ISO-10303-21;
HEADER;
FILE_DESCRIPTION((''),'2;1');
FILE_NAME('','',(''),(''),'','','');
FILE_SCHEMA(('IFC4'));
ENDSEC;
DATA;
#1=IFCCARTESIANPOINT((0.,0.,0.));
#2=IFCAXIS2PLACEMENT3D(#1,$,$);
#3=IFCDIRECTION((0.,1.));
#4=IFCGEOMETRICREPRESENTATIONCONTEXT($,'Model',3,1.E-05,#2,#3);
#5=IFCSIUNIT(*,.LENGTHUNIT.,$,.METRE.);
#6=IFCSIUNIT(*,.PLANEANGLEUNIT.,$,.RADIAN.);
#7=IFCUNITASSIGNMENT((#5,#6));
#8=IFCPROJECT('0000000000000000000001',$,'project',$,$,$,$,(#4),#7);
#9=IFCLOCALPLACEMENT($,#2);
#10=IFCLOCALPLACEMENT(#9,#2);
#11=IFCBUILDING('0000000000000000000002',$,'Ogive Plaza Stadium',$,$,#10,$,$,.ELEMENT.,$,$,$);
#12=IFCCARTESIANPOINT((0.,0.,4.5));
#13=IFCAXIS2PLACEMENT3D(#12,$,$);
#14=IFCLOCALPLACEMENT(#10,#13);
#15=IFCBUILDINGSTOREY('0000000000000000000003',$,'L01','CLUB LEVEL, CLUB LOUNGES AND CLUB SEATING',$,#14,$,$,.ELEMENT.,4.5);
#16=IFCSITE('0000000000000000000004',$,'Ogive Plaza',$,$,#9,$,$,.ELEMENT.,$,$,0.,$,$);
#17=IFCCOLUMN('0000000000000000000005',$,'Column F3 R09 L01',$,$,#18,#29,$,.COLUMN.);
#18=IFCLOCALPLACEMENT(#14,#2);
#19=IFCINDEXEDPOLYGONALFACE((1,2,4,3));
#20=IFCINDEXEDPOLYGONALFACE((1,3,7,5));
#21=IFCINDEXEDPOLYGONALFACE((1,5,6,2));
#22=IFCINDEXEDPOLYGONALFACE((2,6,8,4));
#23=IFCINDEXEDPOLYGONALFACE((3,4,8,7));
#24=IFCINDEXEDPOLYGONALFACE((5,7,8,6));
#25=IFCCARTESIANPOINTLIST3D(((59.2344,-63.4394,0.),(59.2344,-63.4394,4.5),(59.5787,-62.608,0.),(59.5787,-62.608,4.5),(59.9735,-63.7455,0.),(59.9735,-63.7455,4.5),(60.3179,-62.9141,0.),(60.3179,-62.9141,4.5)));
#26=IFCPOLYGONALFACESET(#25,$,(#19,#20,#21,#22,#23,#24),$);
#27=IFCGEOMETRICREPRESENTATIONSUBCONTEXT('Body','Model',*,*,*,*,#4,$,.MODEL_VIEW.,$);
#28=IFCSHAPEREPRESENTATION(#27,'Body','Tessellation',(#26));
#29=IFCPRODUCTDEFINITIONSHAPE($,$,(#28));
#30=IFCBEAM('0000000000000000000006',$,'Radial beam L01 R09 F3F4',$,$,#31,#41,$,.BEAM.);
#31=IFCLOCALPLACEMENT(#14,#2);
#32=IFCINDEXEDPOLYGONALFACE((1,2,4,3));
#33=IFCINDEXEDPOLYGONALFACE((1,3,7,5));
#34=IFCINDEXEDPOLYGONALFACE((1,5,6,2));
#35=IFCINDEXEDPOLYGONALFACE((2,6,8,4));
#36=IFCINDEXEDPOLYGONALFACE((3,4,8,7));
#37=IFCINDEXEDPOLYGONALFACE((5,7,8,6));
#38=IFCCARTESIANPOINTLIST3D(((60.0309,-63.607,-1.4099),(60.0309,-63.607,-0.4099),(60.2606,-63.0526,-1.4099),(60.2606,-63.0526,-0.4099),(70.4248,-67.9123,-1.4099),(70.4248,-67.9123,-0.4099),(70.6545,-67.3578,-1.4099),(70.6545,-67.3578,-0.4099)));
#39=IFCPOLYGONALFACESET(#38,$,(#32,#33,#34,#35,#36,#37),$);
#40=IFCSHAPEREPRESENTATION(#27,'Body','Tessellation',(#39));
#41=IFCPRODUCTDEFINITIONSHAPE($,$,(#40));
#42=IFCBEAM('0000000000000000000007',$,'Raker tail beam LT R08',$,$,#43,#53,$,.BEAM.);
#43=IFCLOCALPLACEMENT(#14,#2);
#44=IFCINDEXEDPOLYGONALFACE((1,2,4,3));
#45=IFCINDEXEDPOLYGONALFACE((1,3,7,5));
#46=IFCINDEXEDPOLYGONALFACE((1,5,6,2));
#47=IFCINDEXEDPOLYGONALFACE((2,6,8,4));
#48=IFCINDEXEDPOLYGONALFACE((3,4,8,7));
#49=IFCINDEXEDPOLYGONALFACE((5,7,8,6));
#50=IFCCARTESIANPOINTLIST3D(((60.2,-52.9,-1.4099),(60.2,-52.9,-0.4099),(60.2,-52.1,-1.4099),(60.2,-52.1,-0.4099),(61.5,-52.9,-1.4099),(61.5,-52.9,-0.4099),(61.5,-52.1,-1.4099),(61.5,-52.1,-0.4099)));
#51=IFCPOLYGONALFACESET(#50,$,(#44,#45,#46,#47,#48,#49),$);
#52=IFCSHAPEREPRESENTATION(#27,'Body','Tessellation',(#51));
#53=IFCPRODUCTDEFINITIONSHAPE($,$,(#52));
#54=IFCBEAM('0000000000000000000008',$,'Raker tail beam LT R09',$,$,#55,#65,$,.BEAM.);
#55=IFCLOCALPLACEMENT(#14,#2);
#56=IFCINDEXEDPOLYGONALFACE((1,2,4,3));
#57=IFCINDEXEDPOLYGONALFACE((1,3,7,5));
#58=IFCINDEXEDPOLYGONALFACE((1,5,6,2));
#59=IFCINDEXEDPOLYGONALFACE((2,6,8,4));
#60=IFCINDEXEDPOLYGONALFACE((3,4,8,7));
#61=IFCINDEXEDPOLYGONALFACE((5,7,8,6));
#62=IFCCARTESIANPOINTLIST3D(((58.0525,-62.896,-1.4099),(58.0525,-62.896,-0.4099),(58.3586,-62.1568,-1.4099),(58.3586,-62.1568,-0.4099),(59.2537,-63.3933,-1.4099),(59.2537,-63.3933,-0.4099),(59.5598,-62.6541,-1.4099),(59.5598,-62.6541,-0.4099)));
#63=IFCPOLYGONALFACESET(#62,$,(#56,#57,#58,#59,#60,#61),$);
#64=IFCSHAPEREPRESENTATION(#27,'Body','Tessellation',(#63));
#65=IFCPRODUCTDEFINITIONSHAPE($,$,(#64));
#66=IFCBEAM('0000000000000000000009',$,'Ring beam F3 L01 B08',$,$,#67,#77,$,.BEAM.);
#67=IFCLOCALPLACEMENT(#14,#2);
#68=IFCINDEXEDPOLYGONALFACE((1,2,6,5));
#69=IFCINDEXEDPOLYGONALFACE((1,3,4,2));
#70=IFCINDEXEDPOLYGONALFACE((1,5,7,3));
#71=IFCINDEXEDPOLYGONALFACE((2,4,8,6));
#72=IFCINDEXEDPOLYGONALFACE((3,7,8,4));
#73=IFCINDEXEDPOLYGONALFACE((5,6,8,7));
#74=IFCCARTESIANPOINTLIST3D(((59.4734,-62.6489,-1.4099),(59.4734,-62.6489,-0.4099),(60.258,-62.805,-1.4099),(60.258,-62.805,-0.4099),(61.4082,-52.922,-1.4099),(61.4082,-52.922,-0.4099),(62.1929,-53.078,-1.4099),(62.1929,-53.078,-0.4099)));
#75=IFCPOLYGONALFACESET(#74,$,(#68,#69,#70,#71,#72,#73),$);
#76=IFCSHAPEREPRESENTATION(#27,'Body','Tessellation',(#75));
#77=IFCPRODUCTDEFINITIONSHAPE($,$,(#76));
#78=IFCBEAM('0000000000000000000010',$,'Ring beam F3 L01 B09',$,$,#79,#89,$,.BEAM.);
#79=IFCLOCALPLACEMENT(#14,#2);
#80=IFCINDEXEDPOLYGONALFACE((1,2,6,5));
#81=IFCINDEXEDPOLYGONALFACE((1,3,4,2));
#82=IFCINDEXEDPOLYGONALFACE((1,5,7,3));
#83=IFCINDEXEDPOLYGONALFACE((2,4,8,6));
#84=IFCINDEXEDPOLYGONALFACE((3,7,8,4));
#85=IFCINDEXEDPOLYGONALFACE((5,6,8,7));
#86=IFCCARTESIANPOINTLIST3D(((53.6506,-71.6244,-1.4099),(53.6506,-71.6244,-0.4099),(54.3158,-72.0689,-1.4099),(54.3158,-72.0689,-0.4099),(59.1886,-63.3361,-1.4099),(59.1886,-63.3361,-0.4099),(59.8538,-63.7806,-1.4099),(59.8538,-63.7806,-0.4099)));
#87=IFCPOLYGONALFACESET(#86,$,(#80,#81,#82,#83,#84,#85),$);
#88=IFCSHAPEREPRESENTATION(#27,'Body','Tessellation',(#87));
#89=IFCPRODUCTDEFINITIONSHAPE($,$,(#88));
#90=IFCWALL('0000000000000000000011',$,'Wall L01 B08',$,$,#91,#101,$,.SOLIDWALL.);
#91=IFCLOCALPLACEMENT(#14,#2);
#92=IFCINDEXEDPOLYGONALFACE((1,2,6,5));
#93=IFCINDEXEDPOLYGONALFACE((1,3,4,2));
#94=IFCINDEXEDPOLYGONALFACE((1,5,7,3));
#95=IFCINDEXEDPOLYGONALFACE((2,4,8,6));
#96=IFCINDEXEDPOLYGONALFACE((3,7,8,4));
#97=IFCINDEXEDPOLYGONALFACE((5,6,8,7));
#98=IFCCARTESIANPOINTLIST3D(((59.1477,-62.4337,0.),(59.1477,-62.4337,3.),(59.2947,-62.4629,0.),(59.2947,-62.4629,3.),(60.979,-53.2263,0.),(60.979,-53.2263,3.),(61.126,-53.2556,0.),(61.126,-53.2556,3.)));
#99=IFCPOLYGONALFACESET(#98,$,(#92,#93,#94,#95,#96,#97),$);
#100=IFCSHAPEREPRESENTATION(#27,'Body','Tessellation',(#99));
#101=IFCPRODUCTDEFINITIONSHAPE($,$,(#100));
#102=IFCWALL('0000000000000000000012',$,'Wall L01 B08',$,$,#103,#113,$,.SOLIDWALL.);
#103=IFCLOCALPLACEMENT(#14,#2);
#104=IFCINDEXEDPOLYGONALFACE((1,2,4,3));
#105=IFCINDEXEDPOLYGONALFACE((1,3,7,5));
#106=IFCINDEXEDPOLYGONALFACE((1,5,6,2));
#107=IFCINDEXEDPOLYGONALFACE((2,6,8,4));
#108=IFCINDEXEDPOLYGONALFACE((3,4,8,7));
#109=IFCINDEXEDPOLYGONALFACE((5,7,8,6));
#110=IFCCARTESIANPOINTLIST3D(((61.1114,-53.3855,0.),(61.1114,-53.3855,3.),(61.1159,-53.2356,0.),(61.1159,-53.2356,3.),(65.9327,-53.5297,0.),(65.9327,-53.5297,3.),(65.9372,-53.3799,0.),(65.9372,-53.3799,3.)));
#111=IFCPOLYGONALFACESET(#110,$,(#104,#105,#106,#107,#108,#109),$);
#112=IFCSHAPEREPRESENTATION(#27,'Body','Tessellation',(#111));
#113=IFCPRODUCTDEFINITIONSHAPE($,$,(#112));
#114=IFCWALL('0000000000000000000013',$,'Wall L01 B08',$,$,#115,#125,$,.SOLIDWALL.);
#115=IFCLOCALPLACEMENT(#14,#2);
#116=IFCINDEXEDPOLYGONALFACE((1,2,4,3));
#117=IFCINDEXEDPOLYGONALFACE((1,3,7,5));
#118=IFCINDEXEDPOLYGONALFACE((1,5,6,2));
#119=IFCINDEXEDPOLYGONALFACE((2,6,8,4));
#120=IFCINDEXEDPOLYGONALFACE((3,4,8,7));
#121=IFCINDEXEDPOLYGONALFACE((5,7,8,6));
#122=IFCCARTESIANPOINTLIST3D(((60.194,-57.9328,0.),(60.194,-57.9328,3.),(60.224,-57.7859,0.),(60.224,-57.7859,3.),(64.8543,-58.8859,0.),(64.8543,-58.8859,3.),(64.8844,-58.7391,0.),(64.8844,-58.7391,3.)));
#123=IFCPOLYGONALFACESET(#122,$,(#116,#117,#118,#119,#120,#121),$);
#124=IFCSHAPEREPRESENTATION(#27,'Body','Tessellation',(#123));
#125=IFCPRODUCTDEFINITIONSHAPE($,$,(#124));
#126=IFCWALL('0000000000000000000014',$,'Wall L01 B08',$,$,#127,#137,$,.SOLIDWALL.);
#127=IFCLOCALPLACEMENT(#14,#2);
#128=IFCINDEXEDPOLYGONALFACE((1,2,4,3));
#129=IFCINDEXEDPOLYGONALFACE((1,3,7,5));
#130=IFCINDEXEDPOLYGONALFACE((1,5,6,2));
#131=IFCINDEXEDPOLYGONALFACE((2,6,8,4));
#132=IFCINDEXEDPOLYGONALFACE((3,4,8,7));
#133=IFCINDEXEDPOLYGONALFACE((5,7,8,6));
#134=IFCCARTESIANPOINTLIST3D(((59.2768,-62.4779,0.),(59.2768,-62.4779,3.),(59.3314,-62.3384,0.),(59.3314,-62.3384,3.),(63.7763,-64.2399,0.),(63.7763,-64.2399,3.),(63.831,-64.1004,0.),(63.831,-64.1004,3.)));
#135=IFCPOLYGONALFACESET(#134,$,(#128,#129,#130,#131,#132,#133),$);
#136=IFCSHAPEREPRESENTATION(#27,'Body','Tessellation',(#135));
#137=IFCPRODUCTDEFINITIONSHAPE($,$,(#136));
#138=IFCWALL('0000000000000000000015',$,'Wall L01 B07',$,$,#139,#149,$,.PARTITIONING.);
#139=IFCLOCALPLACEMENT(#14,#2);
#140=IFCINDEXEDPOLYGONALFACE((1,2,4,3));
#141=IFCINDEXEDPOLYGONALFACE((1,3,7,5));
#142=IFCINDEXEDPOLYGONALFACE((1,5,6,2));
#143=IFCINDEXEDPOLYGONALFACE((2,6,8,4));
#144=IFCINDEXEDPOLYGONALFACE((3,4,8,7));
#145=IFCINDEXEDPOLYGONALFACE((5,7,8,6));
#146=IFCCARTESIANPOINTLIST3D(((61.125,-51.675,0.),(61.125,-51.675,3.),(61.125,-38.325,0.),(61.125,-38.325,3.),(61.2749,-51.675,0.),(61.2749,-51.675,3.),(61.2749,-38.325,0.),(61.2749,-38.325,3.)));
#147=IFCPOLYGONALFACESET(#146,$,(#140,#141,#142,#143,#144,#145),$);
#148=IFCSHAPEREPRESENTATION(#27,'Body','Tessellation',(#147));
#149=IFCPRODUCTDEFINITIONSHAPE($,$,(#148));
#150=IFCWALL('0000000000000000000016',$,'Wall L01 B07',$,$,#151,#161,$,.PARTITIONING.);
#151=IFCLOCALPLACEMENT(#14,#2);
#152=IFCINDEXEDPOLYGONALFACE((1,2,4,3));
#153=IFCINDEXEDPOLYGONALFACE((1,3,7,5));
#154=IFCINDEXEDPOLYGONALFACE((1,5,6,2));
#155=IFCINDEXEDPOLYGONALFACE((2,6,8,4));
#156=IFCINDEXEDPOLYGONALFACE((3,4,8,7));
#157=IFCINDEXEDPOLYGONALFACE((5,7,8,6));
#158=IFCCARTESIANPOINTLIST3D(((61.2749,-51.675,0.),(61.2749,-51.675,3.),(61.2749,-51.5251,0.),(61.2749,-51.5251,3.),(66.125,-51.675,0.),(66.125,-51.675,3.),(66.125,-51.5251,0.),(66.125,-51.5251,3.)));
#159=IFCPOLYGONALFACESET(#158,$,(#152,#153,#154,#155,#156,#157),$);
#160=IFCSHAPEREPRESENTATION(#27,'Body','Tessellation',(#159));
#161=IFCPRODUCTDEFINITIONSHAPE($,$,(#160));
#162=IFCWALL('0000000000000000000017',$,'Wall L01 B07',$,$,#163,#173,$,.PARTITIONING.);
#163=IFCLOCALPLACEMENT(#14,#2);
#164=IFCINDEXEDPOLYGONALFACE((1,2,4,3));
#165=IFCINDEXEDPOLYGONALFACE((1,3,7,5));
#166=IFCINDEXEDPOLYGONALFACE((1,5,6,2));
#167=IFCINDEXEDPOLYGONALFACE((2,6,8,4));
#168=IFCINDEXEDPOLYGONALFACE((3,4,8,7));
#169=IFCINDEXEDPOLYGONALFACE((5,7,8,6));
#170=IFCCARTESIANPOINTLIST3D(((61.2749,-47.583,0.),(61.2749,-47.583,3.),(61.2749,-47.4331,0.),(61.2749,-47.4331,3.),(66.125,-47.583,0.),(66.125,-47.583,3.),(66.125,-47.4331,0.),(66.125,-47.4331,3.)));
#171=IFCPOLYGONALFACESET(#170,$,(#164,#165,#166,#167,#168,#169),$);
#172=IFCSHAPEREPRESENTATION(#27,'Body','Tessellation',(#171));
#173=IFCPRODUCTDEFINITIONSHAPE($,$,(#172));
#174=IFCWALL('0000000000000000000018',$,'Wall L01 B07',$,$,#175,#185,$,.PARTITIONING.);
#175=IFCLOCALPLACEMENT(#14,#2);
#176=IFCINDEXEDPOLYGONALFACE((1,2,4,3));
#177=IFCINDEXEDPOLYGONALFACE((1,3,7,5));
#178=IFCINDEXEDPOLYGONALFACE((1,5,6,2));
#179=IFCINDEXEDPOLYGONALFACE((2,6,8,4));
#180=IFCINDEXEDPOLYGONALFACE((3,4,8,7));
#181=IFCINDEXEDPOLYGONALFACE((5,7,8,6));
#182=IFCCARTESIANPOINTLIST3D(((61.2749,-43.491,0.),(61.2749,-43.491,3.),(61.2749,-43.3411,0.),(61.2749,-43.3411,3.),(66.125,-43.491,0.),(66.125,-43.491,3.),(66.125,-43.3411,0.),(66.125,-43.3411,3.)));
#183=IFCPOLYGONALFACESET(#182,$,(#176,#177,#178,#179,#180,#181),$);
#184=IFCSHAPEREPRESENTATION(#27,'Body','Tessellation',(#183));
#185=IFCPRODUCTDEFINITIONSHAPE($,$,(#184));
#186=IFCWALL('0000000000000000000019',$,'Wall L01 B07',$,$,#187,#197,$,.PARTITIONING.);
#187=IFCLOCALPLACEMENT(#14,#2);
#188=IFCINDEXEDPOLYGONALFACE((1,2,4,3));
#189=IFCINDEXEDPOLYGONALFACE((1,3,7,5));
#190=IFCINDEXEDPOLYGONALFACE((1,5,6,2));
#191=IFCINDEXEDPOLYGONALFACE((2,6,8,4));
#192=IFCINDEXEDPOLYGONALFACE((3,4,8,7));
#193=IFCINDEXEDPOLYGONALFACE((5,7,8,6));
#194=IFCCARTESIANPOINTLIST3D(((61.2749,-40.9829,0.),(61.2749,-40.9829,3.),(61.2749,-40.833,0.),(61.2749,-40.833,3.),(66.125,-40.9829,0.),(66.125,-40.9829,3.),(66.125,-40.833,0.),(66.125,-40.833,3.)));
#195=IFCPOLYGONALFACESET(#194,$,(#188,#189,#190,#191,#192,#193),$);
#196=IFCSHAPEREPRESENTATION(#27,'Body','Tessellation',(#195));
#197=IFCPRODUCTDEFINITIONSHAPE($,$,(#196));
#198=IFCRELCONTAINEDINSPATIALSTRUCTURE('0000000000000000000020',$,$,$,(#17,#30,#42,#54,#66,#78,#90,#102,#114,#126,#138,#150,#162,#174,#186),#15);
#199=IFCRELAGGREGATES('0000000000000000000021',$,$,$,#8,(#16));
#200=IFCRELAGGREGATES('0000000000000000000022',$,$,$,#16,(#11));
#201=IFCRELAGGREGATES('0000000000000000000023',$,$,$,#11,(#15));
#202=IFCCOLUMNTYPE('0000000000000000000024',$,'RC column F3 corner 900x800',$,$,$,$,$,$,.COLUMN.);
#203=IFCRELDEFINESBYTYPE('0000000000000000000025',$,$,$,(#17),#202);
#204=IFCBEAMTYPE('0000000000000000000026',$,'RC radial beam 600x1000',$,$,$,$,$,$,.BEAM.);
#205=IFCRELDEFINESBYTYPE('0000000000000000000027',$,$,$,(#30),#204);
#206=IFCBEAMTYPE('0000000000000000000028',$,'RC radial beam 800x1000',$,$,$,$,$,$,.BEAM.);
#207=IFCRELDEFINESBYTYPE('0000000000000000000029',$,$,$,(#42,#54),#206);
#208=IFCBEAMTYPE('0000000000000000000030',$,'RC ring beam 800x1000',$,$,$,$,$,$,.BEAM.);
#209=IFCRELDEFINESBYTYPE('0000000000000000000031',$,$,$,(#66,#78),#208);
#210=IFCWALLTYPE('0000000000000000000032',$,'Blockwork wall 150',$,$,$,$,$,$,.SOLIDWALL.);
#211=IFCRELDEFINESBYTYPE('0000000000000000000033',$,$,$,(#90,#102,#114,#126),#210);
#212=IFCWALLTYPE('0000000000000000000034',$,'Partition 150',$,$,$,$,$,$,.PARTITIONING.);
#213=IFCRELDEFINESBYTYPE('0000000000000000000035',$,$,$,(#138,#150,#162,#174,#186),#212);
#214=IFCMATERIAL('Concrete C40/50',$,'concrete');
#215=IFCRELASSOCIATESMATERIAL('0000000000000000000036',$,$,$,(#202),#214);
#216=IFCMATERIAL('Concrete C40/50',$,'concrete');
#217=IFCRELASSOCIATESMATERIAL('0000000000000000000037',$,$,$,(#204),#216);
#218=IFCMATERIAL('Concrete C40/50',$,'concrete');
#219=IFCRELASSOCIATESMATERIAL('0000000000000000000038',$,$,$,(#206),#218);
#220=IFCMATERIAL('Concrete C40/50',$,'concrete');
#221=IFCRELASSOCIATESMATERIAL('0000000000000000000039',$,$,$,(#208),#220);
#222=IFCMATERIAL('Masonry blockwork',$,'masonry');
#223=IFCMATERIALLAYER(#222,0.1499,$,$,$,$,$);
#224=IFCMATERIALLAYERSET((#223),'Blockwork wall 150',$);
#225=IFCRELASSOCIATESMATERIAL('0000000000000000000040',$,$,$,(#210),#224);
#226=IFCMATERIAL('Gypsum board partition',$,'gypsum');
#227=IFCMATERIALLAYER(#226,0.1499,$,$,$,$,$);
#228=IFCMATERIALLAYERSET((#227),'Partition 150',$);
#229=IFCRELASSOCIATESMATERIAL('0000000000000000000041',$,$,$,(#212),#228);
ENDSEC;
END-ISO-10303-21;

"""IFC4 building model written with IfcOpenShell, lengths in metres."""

from ifc_helpers import new_model, si_unit, direction, frame, frame_2d, origin, origin_2d, place, context, subcontext, project, spatial, rectangle, extrude, material, layer, layer_set, material_profile, profile_set, type_object, element, save


model = new_model("IFC4")

# Units and contexts
model_context = context("Model", 3, precision=1e-05, world=origin(), true_north=direction((0.0, 1.0)))
body_context = subcontext(model_context, "Body", "Model", "MODEL_VIEW")
ifc_project = project(units=[si_unit("LENGTHUNIT", "METRE"), si_unit("PLANEANGLEUNIT", "RADIAN")], contexts=[model_context])

# Site, building, storey
site_placement = place(None, origin())
site = spatial("IfcSite", under=ifc_project, at=site_placement, Name="Ogive Plaza", CompositionType="ELEMENT", RefElevation=0.0)
building_placement = place(site_placement, origin())
building = spatial("IfcBuilding", under=site, at=building_placement, Name="Ogive Plaza Stadium", CompositionType="ELEMENT")
storey_placement = place(building_placement, frame((0.0, 0.0, 4.5)))
storey = spatial("IfcBuildingStorey", under=building, at=storey_placement, Name="L01", Description="CLUB LEVEL, CLUB LOUNGES AND CLUB SEATING", CompositionType="ELEMENT", Elevation=4.5)

# Column
ifc_material_1 = material(Name="Concrete C40/50", Category="concrete")
ifc_material_profile_1 = material_profile(ifc_material_1, rectangle(XDim=0.8999, YDim=0.8, at=origin_2d()), Name="RC 900x800")
ifc_profile_set_1 = profile_set([ifc_material_profile_1], Name="Concrete C40/50")
column_type = type_object("IfcColumnType", Name="RC column F3 corner 900x800", PredefinedType="COLUMN", material=ifc_profile_set_1)
column_placement = place(storey_placement, frame((59.7761, -63.1768, 0.0), z_axis=(0.0, 0.0, 1.0), x_axis=(0.382683, 0.92388, 0.0)))
element("IfcColumn", 1, at=column_placement, inside=storey, type_object=column_type, Name="Column F3 R09 L01", PredefinedType="COLUMN", context=body_context, shape_type="SweptSolid", body=[
    extrude(rectangle(XDim=0.8999, YDim=0.8, at=origin_2d()), origin(), (0.0, 0.0, 1.0), 4.5),
])

# Beams
ifc_material_2 = material(Name="Concrete C40/50", Category="concrete")
ifc_material_profile_2 = material_profile(ifc_material_2, rectangle(XDim=0.6001, YDim=1.0, at=origin_2d()), Name="RC 600x1000")
ifc_profile_set_2 = profile_set([ifc_material_profile_2], Name="Concrete C40/50")
beam_type_1 = type_object("IfcBeamType", Name="RC radial beam 600x1000", PredefinedType="BEAM", material=ifc_profile_set_2)
beam_1_placement = place(storey_placement, frame((60.1458, -63.3298, -0.9099), z_axis=(0.923882, -0.382678, 0.0), x_axis=(0.382678, 0.923882, 0.0)))
element("IfcBeam", 2, at=beam_1_placement, inside=storey, type_object=beam_type_1, Name="Radial beam L01 R09 F3F4", PredefinedType="BEAM", context=body_context, shape_type="SweptSolid", body=[
    extrude(rectangle(XDim=0.6001, YDim=1.0, at=origin_2d()), origin(), (0.0, 0.0, 1.0), 11.2502),
])
ifc_material_3 = material(Name="Concrete C40/50", Category="concrete")
ifc_material_profile_3 = material_profile(ifc_material_3, rectangle(XDim=0.8, YDim=1.0, at=origin_2d()), Name="RC 800x1000")
ifc_profile_set_3 = profile_set([ifc_material_profile_3], Name="Concrete C40/50")
beam_type_2 = type_object("IfcBeamType", Name="RC radial beam 800x1000", PredefinedType="BEAM", material=ifc_profile_set_3)
for number, where, z_axis, x_axis, name in (
    (3, (60.2, -52.5, -0.9099), (1.0, 0.0, 0.0), (0.0, 1.0, 0.0), "Raker tail beam LT R08"),
    (4, (58.2056, -62.5264, -0.9099), (0.923941, -0.382534, 0.0), (0.382534, 0.923941, 0.0), "Raker tail beam LT R09"),
):
    element("IfcBeam", number, at=place(storey_placement, frame(where, z_axis=z_axis, x_axis=x_axis)), inside=storey, type_object=beam_type_2, Name=name, PredefinedType="BEAM", context=body_context, shape_type="SweptSolid", body=[
        extrude(rectangle(XDim=0.8, YDim=1.0, at=origin_2d()), origin(), (0.0, 0.0, 1.0), 1.3),
    ])
ifc_material_4 = material(Name="Concrete C40/50", Category="concrete")
ifc_material_profile_4 = material_profile(ifc_material_4, rectangle(XDim=0.8, YDim=1.0, at=origin_2d()), Name="RC 800x1000")
ifc_profile_set_4 = profile_set([ifc_material_profile_4], Name="Concrete C40/50")
beam_type_3 = type_object("IfcBeamType", Name="RC ring beam 800x1000", PredefinedType="BEAM", material=ifc_profile_set_4)
beam_2_placement = place(storey_placement, frame((61.8005, -53.0, -0.9099), z_axis=(-0.195093, -0.980785, 0.0), x_axis=(0.980785, -0.195093, 0.0)))
element("IfcBeam", 5, at=beam_2_placement, inside=storey, type_object=beam_type_3, Name="Ring beam F3 L01 B08", PredefinedType="BEAM", context=body_context, shape_type="SweptSolid", body=[
    extrude(rectangle(XDim=0.8, YDim=1.0, at=origin_2d()), origin(), (0.0, 0.0, 1.0), 9.9175),
])
beam_3_placement = place(storey_placement, frame((59.5212, -63.5583, -0.9099), z_axis=(-0.55557, -0.83147, 0.0), x_axis=(0.83147, -0.55557, 0.0)))
element("IfcBeam", 6, at=beam_3_placement, inside=storey, type_object=beam_type_3, Name="Ring beam F3 L01 B09", PredefinedType="BEAM", context=body_context, shape_type="SweptSolid", body=[
    extrude(rectangle(XDim=0.8, YDim=1.0, at=origin_2d()), origin(), (0.0, 0.0, 1.0), 9.9683),
])

# Walls
ifc_material_5 = material(Name="Masonry blockwork", Category="masonry")
ifc_layer_1 = layer(ifc_material_5, 0.1499)
ifc_layer_set_1 = layer_set([ifc_layer_1], Name="Blockwork wall 150")
wall_type_1 = type_object("IfcWallType", Name="Blockwork wall 150", PredefinedType="SOLIDWALL", material=ifc_layer_set_1)
wall_1_placement = place(storey_placement, frame((61.0525, -53.241, 0.0), z_axis=(0.0, 0.0, 1.0), x_axis=(-0.195076, -0.980788, 0.0)))
element("IfcWall", 7, at=wall_1_placement, inside=storey, type_object=wall_type_1, Name="Wall L01 B08", PredefinedType="SOLIDWALL", context=body_context, shape_type="SweptSolid", body=[
    extrude(rectangle(XDim=9.3877, YDim=0.1499, at=frame_2d((4.6938, 0.0))), origin(), (0.0, 0.0, 1.0), 3.0),
])
wall_2_placement = place(storey_placement, frame((61.1138, -53.3105, 0.0), z_axis=(0.0, 0.0, 1.0), x_axis=(0.999552, -0.029914, 0.0)))
element("IfcWall", 8, at=wall_2_placement, inside=storey, type_object=wall_type_1, Name="Wall L01 B08", PredefinedType="SOLIDWALL", context=body_context, shape_type="SweptSolid", body=[
    extrude(rectangle(XDim=4.8235, YDim=0.1499, at=frame_2d((2.4116, 0.0))), origin(), (0.0, 0.0, 1.0), 3.0),
])
wall_3_placement = place(storey_placement, frame((60.209, -57.8594, 0.0), z_axis=(0.0, 0.0, 1.0), x_axis=(0.979721, -0.200368, 0.0)))
element("IfcWall", 9, at=wall_3_placement, inside=storey, type_object=wall_type_1, Name="Wall L01 B08", PredefinedType="SOLIDWALL", context=body_context, shape_type="SweptSolid", body=[
    extrude(rectangle(XDim=4.7568, YDim=0.1499, at=frame_2d((2.3784, 0.0))), origin(), (0.0, 0.0, 1.0), 3.0),
])
wall_4_placement = place(storey_placement, frame((59.3042, -62.4082, 0.0), z_axis=(0.0, 0.0, 1.0), x_axis=(0.931153, -0.36463, 0.0)))
element("IfcWall", 10, at=wall_4_placement, inside=storey, type_object=wall_type_1, Name="Wall L01 B08", PredefinedType="SOLIDWALL", context=body_context, shape_type="SweptSolid", body=[
    extrude(rectangle(XDim=4.8323, YDim=0.1499, at=frame_2d((2.416, 0.0))), origin(), (0.0, 0.0, 1.0), 3.0),
])
ifc_material_6 = material(Name="Gypsum board partition", Category="gypsum")
ifc_layer_2 = layer(ifc_material_6, 0.1499)
ifc_layer_set_2 = layer_set([ifc_layer_2], Name="Partition 150")
wall_type_2 = type_object("IfcWallType", Name="Partition 150", PredefinedType="PARTITIONING", material=ifc_layer_set_2)
wall_5_placement = place(storey_placement, frame((61.2, -51.675, 0.0), z_axis=(0.0, 0.0, 1.0), x_axis=(0.0, 1.0, 0.0)))
element("IfcWall", 11, at=wall_5_placement, inside=storey, type_object=wall_type_2, Name="Wall L01 B07", PredefinedType="PARTITIONING", context=body_context, shape_type="SweptSolid", body=[
    extrude(rectangle(XDim=13.3501, YDim=0.1499, at=frame_2d((6.675, 0.0))), origin(), (0.0, 0.0, 1.0), 3.0),
])
for number, where, z_axis, x_axis, name in (
    (12, (61.2749, -51.6001, 0.0), (0.0, 0.0, 1.0), (1.0, 0.0, 0.0), "Wall L01 B07"),
    (13, (61.2749, -47.5081, 0.0), (0.0, 0.0, 1.0), (1.0, 0.0, 0.0), "Wall L01 B07"),
    (14, (61.2749, -43.416, 0.0), (0.0, 0.0, 1.0), (1.0, 0.0, 0.0), "Wall L01 B07"),
    (15, (61.2749, -40.908, 0.0), (0.0, 0.0, 1.0), (1.0, 0.0, 0.0), "Wall L01 B07"),
):
    element("IfcWall", number, at=place(storey_placement, frame(where, z_axis=z_axis, x_axis=x_axis)), inside=storey, type_object=wall_type_2, Name=name, PredefinedType="PARTITIONING", context=body_context, shape_type="SweptSolid", body=[
        extrude(rectangle(XDim=4.8501, YDim=0.1499, at=frame_2d((2.425, 0.0))), origin(), (0.0, 0.0, 1.0), 3.0),
    ])

save(model, "model.ifc")
